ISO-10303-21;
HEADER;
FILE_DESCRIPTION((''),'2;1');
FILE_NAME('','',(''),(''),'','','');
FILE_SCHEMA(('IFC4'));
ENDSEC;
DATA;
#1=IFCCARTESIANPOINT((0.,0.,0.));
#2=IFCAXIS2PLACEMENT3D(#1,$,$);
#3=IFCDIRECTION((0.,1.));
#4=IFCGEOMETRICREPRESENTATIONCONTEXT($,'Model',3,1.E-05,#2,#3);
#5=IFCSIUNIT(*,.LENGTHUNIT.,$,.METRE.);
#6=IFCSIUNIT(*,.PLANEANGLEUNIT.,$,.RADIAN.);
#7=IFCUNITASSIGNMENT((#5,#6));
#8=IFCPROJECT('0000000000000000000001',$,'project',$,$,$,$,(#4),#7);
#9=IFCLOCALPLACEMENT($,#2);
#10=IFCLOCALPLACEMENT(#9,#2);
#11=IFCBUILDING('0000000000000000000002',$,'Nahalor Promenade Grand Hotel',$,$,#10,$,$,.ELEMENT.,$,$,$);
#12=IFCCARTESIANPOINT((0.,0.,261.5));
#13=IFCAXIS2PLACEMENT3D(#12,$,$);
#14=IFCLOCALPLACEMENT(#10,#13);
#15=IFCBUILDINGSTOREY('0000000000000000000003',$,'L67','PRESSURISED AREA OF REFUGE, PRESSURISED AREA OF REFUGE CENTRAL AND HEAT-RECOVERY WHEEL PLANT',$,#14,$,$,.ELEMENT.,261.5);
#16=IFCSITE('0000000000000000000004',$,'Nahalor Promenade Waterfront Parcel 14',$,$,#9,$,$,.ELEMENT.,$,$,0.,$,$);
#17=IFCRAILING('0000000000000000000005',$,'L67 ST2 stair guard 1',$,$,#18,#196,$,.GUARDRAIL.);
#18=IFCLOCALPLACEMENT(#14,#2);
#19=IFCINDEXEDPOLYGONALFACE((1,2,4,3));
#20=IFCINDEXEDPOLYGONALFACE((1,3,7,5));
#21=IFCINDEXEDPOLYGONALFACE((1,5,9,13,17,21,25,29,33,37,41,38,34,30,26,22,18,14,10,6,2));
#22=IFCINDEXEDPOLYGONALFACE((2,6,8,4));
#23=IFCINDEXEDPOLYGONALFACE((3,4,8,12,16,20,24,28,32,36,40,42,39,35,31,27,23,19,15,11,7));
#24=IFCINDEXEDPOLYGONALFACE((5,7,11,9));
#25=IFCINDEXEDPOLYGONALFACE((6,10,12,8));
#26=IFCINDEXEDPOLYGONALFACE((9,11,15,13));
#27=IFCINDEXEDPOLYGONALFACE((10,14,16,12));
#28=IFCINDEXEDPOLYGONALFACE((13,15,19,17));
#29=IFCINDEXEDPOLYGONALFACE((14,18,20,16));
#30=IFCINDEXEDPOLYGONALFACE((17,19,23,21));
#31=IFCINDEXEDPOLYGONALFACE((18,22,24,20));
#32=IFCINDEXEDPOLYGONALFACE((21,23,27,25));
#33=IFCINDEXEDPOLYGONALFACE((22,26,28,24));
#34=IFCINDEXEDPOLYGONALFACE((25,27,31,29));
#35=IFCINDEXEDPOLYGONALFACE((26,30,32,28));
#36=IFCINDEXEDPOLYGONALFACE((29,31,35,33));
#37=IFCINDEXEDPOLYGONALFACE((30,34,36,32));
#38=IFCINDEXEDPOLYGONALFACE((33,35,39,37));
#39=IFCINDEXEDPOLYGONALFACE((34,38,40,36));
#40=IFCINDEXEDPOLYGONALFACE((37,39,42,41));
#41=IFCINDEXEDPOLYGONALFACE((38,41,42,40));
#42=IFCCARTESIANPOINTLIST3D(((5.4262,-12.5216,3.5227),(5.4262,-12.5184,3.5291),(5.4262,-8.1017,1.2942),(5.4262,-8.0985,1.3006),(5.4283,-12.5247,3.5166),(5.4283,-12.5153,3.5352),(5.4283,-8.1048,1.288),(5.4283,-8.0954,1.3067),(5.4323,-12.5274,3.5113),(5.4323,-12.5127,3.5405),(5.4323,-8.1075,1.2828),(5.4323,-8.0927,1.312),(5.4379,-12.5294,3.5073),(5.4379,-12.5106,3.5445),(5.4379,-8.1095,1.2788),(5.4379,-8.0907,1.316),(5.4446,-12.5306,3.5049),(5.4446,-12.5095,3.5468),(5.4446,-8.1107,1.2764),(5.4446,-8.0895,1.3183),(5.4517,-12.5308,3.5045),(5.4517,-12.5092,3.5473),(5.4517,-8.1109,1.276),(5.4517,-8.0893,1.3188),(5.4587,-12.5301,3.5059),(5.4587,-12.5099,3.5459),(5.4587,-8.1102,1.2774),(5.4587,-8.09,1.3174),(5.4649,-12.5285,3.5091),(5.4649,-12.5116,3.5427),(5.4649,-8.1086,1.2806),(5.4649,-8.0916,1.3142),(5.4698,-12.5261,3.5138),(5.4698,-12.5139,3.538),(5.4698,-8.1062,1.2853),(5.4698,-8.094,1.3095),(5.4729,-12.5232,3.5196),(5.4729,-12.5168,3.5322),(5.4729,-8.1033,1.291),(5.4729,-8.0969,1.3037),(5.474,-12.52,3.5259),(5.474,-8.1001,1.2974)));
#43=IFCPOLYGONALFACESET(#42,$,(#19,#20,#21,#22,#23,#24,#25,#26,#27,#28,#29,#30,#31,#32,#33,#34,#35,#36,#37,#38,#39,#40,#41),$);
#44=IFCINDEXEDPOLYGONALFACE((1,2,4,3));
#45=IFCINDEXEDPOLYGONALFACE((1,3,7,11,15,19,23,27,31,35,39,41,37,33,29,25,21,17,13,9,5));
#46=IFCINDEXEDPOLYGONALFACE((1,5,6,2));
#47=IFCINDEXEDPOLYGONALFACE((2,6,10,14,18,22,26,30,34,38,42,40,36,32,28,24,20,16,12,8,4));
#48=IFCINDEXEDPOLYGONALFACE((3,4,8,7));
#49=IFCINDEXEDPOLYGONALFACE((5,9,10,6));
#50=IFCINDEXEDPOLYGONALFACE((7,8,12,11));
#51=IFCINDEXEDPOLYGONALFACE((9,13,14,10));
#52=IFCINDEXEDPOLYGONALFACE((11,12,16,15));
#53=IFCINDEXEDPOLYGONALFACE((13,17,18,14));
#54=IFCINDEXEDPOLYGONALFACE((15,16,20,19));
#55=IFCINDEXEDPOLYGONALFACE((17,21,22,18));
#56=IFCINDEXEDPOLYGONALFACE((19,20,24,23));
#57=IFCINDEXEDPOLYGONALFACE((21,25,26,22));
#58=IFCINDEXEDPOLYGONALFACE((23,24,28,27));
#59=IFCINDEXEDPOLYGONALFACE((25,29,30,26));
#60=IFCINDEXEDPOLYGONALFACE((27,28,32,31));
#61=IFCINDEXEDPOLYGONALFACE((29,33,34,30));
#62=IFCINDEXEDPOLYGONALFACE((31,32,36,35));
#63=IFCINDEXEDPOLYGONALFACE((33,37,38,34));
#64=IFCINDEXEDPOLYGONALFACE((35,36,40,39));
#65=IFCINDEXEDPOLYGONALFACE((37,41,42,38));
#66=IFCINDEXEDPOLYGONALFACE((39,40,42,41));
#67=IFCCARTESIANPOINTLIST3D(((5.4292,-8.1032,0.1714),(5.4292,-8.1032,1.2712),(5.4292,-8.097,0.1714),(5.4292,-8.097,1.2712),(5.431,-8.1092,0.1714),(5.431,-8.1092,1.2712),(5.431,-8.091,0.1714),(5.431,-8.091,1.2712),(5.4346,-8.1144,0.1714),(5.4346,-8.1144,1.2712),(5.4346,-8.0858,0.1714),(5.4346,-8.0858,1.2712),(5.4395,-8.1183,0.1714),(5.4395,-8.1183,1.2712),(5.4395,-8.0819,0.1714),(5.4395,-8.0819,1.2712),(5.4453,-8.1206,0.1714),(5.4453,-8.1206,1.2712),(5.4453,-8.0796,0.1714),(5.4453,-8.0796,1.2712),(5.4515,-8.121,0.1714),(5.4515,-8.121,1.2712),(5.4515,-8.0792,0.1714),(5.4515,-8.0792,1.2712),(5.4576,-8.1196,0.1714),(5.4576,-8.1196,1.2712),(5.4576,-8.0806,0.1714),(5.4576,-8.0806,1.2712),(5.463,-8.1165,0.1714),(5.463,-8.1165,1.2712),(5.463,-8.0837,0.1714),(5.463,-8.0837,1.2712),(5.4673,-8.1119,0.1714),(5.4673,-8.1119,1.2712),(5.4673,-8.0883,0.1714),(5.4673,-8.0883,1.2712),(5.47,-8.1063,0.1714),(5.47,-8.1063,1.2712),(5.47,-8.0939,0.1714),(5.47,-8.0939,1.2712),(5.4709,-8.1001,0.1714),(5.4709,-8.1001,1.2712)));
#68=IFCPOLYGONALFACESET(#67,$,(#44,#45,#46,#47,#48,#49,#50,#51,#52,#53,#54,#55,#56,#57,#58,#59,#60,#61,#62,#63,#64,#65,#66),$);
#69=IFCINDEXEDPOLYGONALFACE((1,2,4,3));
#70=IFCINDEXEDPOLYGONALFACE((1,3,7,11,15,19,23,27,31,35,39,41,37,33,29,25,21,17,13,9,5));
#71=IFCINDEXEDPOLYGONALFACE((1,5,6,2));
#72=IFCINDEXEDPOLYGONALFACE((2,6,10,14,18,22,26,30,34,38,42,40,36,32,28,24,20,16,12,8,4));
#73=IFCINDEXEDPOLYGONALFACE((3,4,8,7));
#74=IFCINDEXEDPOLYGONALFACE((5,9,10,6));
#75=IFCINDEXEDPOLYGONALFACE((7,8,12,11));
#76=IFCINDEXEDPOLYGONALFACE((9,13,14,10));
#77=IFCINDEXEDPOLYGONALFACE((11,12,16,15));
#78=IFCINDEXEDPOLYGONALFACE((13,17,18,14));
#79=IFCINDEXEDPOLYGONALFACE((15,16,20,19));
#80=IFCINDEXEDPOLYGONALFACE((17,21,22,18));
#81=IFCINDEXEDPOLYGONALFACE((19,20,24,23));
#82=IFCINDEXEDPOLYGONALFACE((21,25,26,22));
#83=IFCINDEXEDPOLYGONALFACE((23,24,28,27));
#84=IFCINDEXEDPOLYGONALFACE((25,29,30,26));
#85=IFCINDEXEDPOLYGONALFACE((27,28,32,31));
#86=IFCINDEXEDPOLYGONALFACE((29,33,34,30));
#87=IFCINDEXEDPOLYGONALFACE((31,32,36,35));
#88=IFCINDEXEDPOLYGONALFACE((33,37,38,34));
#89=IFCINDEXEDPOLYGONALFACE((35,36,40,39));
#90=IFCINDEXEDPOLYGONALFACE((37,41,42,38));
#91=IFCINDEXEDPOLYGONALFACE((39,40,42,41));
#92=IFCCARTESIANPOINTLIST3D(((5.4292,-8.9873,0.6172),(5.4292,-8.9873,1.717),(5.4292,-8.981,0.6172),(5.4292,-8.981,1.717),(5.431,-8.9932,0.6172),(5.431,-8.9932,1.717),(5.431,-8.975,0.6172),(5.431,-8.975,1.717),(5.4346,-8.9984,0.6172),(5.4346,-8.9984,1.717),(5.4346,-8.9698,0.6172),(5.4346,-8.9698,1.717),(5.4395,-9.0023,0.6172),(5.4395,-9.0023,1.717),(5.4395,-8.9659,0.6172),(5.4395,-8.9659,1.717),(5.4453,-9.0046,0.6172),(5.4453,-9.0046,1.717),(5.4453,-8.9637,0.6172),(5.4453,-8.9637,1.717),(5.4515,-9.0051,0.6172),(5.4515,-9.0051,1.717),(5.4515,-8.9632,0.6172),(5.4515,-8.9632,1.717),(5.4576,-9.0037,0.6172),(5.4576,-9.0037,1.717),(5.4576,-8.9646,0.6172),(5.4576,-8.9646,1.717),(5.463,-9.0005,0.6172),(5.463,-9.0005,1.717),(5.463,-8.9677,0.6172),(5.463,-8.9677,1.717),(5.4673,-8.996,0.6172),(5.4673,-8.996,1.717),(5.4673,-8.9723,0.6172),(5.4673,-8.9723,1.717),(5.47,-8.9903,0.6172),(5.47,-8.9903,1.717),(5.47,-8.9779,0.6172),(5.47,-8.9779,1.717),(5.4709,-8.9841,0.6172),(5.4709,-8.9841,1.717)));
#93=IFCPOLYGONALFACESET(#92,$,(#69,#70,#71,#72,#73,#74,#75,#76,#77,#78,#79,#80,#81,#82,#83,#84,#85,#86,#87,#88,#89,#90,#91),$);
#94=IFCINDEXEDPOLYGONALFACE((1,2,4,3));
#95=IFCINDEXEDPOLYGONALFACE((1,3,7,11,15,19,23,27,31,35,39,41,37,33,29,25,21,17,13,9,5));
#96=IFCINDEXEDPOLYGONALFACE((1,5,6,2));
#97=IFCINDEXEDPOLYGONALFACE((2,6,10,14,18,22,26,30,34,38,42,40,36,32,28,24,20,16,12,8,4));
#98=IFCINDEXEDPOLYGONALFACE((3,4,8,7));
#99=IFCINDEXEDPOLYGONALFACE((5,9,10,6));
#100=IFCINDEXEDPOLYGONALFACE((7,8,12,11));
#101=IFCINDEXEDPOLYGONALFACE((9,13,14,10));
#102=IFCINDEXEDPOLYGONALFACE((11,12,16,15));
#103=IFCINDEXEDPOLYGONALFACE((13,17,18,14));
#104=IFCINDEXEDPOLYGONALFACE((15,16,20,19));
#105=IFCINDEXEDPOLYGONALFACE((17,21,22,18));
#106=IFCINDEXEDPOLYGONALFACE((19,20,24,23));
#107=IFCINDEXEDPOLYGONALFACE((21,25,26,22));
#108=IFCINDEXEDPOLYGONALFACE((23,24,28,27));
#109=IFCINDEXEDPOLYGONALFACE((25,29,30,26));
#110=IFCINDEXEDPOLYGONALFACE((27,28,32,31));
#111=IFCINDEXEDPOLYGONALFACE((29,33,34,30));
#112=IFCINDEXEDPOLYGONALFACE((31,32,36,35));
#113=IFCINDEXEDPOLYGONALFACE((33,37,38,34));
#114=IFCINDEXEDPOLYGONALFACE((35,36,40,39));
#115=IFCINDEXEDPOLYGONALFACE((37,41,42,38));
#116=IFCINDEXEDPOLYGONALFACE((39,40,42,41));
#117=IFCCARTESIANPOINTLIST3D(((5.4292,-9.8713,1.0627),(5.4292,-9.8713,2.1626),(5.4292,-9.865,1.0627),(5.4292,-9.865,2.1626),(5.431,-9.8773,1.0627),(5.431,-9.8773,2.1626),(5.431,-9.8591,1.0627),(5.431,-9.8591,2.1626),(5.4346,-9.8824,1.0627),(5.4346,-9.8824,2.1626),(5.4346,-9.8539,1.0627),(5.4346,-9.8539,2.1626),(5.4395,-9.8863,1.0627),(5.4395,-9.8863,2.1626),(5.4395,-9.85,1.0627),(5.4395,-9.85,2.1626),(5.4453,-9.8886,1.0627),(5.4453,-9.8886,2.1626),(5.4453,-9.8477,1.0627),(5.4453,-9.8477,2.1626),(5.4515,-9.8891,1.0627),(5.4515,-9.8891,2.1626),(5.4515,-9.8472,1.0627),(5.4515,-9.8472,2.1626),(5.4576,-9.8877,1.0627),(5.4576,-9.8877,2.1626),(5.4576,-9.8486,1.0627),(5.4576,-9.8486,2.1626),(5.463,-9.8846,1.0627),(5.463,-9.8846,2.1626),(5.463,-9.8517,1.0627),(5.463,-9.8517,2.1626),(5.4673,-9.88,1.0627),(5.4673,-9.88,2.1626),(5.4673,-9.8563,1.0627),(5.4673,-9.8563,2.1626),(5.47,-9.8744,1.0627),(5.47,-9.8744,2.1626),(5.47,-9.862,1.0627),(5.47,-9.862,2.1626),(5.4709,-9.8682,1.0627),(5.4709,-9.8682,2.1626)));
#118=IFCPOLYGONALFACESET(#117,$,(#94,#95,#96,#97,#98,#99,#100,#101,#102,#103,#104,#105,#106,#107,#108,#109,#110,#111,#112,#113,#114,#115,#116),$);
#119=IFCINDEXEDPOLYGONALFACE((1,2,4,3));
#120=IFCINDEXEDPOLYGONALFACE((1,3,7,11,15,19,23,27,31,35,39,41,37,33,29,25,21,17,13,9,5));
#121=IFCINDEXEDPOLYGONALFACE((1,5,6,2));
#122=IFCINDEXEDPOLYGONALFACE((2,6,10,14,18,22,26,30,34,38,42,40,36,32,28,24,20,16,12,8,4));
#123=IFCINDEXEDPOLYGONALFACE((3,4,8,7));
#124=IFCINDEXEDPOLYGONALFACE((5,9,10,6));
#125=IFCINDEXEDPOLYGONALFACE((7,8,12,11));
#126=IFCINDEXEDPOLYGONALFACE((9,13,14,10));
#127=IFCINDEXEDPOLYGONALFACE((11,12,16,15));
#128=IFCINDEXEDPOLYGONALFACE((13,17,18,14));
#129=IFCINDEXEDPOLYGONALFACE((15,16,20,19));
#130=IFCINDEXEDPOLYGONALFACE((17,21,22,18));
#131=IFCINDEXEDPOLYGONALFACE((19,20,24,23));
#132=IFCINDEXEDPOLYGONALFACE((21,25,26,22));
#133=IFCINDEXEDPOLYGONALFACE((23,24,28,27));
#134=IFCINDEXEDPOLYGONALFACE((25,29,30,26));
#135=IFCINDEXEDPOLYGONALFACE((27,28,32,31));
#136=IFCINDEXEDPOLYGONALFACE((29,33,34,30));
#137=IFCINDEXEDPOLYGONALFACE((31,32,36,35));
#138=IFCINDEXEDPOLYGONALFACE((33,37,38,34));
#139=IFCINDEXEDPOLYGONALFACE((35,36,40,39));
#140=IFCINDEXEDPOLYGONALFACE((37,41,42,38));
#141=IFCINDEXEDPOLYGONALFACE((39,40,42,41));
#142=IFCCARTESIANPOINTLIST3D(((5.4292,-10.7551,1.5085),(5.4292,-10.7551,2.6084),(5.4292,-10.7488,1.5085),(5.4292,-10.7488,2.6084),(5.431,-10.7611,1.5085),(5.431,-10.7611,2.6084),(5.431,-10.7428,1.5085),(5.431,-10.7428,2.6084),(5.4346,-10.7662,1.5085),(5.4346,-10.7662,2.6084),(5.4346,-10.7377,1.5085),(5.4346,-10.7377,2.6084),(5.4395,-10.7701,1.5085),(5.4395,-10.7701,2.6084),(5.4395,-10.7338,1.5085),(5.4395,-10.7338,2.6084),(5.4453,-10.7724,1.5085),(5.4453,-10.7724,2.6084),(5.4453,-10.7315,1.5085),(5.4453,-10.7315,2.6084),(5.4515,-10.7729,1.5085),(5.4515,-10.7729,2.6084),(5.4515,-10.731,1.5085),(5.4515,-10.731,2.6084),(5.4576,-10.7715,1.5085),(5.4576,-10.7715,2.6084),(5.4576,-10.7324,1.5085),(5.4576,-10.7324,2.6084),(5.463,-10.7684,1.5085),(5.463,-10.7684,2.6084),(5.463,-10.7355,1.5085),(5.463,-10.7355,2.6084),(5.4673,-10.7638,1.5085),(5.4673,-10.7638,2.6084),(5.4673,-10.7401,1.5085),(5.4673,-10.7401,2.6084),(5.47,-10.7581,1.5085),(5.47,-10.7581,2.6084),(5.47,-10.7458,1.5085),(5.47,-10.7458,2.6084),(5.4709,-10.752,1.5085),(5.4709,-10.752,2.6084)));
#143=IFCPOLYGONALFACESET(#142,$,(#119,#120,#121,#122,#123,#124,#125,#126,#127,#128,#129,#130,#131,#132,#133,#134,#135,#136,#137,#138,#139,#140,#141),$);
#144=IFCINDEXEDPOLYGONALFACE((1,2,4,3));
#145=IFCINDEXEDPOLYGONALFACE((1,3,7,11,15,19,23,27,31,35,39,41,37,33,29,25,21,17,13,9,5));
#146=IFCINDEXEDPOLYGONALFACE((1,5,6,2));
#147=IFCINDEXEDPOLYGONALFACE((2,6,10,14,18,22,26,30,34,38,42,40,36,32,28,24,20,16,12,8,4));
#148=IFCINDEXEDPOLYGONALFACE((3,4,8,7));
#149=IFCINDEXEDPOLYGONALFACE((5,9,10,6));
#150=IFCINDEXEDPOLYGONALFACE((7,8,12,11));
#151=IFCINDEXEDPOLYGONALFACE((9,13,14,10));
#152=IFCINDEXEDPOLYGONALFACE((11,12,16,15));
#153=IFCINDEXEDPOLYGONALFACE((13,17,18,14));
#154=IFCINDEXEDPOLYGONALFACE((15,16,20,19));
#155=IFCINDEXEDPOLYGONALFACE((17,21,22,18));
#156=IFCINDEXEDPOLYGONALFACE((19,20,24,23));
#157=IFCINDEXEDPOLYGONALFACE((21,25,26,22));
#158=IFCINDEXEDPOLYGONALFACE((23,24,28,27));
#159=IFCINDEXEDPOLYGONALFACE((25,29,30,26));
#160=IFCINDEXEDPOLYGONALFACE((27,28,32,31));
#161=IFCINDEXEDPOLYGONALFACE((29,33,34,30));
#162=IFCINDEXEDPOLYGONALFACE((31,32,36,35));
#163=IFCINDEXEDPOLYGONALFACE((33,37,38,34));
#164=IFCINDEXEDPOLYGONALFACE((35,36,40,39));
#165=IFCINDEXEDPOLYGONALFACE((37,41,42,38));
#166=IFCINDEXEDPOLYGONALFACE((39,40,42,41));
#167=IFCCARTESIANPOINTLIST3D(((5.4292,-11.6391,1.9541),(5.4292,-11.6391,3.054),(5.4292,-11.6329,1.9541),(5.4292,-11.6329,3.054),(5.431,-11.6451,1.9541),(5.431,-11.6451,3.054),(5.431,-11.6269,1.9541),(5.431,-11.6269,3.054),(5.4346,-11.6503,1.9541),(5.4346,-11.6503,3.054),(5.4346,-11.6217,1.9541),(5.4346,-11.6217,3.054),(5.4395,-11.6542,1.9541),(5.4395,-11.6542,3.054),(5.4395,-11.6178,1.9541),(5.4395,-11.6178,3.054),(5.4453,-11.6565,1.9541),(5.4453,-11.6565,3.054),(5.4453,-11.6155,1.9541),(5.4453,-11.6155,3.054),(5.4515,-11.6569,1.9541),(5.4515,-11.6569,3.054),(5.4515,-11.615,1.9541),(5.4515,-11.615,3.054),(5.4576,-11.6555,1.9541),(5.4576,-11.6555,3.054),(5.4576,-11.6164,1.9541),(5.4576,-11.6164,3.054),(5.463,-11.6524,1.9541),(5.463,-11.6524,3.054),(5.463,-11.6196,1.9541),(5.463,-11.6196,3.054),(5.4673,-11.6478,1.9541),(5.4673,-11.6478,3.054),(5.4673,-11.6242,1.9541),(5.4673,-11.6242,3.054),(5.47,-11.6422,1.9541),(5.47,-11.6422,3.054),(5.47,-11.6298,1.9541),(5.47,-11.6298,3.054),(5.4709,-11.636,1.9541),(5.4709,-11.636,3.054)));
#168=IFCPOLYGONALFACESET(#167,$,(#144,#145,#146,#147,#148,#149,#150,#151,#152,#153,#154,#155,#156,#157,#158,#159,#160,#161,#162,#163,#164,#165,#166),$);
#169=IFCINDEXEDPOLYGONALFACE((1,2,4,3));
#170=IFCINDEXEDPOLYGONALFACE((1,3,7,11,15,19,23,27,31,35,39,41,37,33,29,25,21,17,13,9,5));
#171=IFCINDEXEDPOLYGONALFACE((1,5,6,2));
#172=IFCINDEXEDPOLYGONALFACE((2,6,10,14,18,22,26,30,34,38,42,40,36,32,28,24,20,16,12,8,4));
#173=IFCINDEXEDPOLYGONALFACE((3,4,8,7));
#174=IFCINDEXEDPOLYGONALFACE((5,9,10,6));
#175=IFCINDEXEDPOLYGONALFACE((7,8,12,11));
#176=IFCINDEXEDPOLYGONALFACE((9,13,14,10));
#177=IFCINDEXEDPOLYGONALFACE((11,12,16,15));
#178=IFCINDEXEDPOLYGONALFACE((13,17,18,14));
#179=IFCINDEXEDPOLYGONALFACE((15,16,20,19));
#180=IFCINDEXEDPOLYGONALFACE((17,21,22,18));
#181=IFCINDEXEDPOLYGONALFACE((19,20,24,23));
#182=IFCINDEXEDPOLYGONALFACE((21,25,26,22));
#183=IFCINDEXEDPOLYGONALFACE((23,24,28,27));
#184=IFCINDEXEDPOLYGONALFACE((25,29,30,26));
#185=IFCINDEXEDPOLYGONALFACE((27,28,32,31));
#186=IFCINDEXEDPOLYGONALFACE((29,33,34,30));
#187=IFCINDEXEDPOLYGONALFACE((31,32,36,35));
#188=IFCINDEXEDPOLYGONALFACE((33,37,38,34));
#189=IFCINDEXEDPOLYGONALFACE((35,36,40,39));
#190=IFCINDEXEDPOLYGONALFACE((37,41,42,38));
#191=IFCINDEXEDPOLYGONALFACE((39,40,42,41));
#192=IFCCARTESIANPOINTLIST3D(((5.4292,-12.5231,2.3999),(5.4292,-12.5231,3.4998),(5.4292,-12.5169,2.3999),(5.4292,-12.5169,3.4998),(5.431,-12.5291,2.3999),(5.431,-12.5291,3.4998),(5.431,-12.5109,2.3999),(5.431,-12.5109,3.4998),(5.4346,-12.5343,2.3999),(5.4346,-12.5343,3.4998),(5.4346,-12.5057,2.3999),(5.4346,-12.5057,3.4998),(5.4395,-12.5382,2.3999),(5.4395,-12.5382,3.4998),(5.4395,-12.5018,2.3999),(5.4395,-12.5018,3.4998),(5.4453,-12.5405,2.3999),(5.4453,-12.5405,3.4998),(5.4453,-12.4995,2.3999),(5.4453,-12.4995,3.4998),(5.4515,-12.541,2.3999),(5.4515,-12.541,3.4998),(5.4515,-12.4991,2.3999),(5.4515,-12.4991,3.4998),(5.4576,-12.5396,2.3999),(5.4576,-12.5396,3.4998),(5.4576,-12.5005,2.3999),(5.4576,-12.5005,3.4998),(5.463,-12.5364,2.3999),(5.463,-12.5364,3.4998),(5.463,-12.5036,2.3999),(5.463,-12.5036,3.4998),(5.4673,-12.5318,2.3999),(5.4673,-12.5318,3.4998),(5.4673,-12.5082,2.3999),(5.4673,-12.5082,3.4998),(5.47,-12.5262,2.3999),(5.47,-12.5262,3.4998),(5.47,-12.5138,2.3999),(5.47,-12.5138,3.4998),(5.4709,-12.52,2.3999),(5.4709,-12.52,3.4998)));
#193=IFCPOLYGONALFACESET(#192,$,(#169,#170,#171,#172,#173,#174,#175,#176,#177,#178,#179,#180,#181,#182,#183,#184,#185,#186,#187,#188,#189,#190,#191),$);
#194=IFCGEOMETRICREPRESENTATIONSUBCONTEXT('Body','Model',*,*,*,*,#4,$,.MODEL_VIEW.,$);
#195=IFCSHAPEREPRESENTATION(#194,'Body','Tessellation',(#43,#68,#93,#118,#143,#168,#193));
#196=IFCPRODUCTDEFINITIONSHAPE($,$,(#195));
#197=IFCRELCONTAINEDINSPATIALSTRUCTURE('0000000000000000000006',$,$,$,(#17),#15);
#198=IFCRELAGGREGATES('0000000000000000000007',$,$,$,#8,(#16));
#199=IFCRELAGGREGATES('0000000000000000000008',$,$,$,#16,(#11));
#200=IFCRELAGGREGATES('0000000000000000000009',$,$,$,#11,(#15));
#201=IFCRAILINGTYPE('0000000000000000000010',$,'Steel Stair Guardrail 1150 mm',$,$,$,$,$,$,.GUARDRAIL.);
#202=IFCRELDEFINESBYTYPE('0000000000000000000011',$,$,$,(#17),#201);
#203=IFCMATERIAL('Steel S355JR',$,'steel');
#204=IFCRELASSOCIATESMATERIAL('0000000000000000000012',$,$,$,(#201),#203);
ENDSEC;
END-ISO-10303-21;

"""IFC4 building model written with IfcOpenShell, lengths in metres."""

from ifc_helpers import new_model, si_unit, direction, frame, origin, origin_2d, place, context, subcontext, project, spatial, circle, extrude, material, type_object, element, save


model = new_model("IFC4")

# Units and contexts
model_context = context("Model", 3, precision=1e-05, world=origin(), true_north=direction((0.0, 1.0)))
body_context = subcontext(model_context, "Body", "Model", "MODEL_VIEW")
ifc_project = project(units=[si_unit("LENGTHUNIT", "METRE"), si_unit("PLANEANGLEUNIT", "RADIAN")], contexts=[model_context])

# Site, building, storey
site_placement = place(None, origin())
site = spatial("IfcSite", under=ifc_project, at=site_placement, Name="Nahalor Promenade Waterfront Parcel 14", CompositionType="ELEMENT", RefElevation=0.0)
building_placement = place(site_placement, origin())
building = spatial("IfcBuilding", under=site, at=building_placement, Name="Nahalor Promenade Grand Hotel", CompositionType="ELEMENT")
storey_placement = place(building_placement, frame((0.0, 0.0, 261.5)))
storey = spatial("IfcBuildingStorey", under=building, at=storey_placement, Name="L67", Description="PRESSURISED AREA OF REFUGE, PRESSURISED AREA OF REFUGE CENTRAL AND HEAT-RECOVERY WHEEL PLANT", CompositionType="ELEMENT", Elevation=261.5)

# Shared definitions
ifc_material_1 = material(Name="Steel S355JR", Category="steel")

# Railing
railing_type_1 = type_object("IfcRailingType", Name="Steel Stair Guardrail 1150 mm", PredefinedType="GUARDRAIL", material=ifc_material_1)
railing_1_placement = place(storey_placement, frame((5.45, -8.1001, 0.1714)))
element("IfcRailing", 1, at=railing_1_placement, inside=storey, type_object=railing_type_1, Name="L67 ST2 stair guard 1", PredefinedType="GUARDRAIL", context=body_context, shape_type="SweptSolid", body=[
    extrude(circle(Radius=0.024, at=origin_2d()), frame((0.0, 0.0, 1.126), z_axis=(0.0, -0.892923, 0.45021), x_axis=(1.0, 0.0, 0.0)), (0.0, 0.0, 1.0), 4.95),
    extrude(circle(Radius=0.021, at=origin_2d()), origin(), (0.0, 0.0, 1.0), 1.0999),
    extrude(circle(Radius=0.021, at=origin_2d()), frame((0.0, -0.884, 0.4458)), (0.0, 0.0, 1.0), 1.0999),
    extrude(circle(Radius=0.021, at=origin_2d()), frame((0.0, -1.7681, 0.8914)), (0.0, 0.0, 1.0), 1.0999),
    extrude(circle(Radius=0.021, at=origin_2d()), frame((0.0, -2.6519, 1.3372)), (0.0, 0.0, 1.0), 1.0999),
    extrude(circle(Radius=0.021, at=origin_2d()), frame((0.0, -3.5359, 1.7827)), (0.0, 0.0, 1.0), 1.0999),
    extrude(circle(Radius=0.021, at=origin_2d()), frame((0.0, -4.4199, 2.2285)), (0.0, 0.0, 1.0), 1.0999),
])

save(model, "model.ifc")
